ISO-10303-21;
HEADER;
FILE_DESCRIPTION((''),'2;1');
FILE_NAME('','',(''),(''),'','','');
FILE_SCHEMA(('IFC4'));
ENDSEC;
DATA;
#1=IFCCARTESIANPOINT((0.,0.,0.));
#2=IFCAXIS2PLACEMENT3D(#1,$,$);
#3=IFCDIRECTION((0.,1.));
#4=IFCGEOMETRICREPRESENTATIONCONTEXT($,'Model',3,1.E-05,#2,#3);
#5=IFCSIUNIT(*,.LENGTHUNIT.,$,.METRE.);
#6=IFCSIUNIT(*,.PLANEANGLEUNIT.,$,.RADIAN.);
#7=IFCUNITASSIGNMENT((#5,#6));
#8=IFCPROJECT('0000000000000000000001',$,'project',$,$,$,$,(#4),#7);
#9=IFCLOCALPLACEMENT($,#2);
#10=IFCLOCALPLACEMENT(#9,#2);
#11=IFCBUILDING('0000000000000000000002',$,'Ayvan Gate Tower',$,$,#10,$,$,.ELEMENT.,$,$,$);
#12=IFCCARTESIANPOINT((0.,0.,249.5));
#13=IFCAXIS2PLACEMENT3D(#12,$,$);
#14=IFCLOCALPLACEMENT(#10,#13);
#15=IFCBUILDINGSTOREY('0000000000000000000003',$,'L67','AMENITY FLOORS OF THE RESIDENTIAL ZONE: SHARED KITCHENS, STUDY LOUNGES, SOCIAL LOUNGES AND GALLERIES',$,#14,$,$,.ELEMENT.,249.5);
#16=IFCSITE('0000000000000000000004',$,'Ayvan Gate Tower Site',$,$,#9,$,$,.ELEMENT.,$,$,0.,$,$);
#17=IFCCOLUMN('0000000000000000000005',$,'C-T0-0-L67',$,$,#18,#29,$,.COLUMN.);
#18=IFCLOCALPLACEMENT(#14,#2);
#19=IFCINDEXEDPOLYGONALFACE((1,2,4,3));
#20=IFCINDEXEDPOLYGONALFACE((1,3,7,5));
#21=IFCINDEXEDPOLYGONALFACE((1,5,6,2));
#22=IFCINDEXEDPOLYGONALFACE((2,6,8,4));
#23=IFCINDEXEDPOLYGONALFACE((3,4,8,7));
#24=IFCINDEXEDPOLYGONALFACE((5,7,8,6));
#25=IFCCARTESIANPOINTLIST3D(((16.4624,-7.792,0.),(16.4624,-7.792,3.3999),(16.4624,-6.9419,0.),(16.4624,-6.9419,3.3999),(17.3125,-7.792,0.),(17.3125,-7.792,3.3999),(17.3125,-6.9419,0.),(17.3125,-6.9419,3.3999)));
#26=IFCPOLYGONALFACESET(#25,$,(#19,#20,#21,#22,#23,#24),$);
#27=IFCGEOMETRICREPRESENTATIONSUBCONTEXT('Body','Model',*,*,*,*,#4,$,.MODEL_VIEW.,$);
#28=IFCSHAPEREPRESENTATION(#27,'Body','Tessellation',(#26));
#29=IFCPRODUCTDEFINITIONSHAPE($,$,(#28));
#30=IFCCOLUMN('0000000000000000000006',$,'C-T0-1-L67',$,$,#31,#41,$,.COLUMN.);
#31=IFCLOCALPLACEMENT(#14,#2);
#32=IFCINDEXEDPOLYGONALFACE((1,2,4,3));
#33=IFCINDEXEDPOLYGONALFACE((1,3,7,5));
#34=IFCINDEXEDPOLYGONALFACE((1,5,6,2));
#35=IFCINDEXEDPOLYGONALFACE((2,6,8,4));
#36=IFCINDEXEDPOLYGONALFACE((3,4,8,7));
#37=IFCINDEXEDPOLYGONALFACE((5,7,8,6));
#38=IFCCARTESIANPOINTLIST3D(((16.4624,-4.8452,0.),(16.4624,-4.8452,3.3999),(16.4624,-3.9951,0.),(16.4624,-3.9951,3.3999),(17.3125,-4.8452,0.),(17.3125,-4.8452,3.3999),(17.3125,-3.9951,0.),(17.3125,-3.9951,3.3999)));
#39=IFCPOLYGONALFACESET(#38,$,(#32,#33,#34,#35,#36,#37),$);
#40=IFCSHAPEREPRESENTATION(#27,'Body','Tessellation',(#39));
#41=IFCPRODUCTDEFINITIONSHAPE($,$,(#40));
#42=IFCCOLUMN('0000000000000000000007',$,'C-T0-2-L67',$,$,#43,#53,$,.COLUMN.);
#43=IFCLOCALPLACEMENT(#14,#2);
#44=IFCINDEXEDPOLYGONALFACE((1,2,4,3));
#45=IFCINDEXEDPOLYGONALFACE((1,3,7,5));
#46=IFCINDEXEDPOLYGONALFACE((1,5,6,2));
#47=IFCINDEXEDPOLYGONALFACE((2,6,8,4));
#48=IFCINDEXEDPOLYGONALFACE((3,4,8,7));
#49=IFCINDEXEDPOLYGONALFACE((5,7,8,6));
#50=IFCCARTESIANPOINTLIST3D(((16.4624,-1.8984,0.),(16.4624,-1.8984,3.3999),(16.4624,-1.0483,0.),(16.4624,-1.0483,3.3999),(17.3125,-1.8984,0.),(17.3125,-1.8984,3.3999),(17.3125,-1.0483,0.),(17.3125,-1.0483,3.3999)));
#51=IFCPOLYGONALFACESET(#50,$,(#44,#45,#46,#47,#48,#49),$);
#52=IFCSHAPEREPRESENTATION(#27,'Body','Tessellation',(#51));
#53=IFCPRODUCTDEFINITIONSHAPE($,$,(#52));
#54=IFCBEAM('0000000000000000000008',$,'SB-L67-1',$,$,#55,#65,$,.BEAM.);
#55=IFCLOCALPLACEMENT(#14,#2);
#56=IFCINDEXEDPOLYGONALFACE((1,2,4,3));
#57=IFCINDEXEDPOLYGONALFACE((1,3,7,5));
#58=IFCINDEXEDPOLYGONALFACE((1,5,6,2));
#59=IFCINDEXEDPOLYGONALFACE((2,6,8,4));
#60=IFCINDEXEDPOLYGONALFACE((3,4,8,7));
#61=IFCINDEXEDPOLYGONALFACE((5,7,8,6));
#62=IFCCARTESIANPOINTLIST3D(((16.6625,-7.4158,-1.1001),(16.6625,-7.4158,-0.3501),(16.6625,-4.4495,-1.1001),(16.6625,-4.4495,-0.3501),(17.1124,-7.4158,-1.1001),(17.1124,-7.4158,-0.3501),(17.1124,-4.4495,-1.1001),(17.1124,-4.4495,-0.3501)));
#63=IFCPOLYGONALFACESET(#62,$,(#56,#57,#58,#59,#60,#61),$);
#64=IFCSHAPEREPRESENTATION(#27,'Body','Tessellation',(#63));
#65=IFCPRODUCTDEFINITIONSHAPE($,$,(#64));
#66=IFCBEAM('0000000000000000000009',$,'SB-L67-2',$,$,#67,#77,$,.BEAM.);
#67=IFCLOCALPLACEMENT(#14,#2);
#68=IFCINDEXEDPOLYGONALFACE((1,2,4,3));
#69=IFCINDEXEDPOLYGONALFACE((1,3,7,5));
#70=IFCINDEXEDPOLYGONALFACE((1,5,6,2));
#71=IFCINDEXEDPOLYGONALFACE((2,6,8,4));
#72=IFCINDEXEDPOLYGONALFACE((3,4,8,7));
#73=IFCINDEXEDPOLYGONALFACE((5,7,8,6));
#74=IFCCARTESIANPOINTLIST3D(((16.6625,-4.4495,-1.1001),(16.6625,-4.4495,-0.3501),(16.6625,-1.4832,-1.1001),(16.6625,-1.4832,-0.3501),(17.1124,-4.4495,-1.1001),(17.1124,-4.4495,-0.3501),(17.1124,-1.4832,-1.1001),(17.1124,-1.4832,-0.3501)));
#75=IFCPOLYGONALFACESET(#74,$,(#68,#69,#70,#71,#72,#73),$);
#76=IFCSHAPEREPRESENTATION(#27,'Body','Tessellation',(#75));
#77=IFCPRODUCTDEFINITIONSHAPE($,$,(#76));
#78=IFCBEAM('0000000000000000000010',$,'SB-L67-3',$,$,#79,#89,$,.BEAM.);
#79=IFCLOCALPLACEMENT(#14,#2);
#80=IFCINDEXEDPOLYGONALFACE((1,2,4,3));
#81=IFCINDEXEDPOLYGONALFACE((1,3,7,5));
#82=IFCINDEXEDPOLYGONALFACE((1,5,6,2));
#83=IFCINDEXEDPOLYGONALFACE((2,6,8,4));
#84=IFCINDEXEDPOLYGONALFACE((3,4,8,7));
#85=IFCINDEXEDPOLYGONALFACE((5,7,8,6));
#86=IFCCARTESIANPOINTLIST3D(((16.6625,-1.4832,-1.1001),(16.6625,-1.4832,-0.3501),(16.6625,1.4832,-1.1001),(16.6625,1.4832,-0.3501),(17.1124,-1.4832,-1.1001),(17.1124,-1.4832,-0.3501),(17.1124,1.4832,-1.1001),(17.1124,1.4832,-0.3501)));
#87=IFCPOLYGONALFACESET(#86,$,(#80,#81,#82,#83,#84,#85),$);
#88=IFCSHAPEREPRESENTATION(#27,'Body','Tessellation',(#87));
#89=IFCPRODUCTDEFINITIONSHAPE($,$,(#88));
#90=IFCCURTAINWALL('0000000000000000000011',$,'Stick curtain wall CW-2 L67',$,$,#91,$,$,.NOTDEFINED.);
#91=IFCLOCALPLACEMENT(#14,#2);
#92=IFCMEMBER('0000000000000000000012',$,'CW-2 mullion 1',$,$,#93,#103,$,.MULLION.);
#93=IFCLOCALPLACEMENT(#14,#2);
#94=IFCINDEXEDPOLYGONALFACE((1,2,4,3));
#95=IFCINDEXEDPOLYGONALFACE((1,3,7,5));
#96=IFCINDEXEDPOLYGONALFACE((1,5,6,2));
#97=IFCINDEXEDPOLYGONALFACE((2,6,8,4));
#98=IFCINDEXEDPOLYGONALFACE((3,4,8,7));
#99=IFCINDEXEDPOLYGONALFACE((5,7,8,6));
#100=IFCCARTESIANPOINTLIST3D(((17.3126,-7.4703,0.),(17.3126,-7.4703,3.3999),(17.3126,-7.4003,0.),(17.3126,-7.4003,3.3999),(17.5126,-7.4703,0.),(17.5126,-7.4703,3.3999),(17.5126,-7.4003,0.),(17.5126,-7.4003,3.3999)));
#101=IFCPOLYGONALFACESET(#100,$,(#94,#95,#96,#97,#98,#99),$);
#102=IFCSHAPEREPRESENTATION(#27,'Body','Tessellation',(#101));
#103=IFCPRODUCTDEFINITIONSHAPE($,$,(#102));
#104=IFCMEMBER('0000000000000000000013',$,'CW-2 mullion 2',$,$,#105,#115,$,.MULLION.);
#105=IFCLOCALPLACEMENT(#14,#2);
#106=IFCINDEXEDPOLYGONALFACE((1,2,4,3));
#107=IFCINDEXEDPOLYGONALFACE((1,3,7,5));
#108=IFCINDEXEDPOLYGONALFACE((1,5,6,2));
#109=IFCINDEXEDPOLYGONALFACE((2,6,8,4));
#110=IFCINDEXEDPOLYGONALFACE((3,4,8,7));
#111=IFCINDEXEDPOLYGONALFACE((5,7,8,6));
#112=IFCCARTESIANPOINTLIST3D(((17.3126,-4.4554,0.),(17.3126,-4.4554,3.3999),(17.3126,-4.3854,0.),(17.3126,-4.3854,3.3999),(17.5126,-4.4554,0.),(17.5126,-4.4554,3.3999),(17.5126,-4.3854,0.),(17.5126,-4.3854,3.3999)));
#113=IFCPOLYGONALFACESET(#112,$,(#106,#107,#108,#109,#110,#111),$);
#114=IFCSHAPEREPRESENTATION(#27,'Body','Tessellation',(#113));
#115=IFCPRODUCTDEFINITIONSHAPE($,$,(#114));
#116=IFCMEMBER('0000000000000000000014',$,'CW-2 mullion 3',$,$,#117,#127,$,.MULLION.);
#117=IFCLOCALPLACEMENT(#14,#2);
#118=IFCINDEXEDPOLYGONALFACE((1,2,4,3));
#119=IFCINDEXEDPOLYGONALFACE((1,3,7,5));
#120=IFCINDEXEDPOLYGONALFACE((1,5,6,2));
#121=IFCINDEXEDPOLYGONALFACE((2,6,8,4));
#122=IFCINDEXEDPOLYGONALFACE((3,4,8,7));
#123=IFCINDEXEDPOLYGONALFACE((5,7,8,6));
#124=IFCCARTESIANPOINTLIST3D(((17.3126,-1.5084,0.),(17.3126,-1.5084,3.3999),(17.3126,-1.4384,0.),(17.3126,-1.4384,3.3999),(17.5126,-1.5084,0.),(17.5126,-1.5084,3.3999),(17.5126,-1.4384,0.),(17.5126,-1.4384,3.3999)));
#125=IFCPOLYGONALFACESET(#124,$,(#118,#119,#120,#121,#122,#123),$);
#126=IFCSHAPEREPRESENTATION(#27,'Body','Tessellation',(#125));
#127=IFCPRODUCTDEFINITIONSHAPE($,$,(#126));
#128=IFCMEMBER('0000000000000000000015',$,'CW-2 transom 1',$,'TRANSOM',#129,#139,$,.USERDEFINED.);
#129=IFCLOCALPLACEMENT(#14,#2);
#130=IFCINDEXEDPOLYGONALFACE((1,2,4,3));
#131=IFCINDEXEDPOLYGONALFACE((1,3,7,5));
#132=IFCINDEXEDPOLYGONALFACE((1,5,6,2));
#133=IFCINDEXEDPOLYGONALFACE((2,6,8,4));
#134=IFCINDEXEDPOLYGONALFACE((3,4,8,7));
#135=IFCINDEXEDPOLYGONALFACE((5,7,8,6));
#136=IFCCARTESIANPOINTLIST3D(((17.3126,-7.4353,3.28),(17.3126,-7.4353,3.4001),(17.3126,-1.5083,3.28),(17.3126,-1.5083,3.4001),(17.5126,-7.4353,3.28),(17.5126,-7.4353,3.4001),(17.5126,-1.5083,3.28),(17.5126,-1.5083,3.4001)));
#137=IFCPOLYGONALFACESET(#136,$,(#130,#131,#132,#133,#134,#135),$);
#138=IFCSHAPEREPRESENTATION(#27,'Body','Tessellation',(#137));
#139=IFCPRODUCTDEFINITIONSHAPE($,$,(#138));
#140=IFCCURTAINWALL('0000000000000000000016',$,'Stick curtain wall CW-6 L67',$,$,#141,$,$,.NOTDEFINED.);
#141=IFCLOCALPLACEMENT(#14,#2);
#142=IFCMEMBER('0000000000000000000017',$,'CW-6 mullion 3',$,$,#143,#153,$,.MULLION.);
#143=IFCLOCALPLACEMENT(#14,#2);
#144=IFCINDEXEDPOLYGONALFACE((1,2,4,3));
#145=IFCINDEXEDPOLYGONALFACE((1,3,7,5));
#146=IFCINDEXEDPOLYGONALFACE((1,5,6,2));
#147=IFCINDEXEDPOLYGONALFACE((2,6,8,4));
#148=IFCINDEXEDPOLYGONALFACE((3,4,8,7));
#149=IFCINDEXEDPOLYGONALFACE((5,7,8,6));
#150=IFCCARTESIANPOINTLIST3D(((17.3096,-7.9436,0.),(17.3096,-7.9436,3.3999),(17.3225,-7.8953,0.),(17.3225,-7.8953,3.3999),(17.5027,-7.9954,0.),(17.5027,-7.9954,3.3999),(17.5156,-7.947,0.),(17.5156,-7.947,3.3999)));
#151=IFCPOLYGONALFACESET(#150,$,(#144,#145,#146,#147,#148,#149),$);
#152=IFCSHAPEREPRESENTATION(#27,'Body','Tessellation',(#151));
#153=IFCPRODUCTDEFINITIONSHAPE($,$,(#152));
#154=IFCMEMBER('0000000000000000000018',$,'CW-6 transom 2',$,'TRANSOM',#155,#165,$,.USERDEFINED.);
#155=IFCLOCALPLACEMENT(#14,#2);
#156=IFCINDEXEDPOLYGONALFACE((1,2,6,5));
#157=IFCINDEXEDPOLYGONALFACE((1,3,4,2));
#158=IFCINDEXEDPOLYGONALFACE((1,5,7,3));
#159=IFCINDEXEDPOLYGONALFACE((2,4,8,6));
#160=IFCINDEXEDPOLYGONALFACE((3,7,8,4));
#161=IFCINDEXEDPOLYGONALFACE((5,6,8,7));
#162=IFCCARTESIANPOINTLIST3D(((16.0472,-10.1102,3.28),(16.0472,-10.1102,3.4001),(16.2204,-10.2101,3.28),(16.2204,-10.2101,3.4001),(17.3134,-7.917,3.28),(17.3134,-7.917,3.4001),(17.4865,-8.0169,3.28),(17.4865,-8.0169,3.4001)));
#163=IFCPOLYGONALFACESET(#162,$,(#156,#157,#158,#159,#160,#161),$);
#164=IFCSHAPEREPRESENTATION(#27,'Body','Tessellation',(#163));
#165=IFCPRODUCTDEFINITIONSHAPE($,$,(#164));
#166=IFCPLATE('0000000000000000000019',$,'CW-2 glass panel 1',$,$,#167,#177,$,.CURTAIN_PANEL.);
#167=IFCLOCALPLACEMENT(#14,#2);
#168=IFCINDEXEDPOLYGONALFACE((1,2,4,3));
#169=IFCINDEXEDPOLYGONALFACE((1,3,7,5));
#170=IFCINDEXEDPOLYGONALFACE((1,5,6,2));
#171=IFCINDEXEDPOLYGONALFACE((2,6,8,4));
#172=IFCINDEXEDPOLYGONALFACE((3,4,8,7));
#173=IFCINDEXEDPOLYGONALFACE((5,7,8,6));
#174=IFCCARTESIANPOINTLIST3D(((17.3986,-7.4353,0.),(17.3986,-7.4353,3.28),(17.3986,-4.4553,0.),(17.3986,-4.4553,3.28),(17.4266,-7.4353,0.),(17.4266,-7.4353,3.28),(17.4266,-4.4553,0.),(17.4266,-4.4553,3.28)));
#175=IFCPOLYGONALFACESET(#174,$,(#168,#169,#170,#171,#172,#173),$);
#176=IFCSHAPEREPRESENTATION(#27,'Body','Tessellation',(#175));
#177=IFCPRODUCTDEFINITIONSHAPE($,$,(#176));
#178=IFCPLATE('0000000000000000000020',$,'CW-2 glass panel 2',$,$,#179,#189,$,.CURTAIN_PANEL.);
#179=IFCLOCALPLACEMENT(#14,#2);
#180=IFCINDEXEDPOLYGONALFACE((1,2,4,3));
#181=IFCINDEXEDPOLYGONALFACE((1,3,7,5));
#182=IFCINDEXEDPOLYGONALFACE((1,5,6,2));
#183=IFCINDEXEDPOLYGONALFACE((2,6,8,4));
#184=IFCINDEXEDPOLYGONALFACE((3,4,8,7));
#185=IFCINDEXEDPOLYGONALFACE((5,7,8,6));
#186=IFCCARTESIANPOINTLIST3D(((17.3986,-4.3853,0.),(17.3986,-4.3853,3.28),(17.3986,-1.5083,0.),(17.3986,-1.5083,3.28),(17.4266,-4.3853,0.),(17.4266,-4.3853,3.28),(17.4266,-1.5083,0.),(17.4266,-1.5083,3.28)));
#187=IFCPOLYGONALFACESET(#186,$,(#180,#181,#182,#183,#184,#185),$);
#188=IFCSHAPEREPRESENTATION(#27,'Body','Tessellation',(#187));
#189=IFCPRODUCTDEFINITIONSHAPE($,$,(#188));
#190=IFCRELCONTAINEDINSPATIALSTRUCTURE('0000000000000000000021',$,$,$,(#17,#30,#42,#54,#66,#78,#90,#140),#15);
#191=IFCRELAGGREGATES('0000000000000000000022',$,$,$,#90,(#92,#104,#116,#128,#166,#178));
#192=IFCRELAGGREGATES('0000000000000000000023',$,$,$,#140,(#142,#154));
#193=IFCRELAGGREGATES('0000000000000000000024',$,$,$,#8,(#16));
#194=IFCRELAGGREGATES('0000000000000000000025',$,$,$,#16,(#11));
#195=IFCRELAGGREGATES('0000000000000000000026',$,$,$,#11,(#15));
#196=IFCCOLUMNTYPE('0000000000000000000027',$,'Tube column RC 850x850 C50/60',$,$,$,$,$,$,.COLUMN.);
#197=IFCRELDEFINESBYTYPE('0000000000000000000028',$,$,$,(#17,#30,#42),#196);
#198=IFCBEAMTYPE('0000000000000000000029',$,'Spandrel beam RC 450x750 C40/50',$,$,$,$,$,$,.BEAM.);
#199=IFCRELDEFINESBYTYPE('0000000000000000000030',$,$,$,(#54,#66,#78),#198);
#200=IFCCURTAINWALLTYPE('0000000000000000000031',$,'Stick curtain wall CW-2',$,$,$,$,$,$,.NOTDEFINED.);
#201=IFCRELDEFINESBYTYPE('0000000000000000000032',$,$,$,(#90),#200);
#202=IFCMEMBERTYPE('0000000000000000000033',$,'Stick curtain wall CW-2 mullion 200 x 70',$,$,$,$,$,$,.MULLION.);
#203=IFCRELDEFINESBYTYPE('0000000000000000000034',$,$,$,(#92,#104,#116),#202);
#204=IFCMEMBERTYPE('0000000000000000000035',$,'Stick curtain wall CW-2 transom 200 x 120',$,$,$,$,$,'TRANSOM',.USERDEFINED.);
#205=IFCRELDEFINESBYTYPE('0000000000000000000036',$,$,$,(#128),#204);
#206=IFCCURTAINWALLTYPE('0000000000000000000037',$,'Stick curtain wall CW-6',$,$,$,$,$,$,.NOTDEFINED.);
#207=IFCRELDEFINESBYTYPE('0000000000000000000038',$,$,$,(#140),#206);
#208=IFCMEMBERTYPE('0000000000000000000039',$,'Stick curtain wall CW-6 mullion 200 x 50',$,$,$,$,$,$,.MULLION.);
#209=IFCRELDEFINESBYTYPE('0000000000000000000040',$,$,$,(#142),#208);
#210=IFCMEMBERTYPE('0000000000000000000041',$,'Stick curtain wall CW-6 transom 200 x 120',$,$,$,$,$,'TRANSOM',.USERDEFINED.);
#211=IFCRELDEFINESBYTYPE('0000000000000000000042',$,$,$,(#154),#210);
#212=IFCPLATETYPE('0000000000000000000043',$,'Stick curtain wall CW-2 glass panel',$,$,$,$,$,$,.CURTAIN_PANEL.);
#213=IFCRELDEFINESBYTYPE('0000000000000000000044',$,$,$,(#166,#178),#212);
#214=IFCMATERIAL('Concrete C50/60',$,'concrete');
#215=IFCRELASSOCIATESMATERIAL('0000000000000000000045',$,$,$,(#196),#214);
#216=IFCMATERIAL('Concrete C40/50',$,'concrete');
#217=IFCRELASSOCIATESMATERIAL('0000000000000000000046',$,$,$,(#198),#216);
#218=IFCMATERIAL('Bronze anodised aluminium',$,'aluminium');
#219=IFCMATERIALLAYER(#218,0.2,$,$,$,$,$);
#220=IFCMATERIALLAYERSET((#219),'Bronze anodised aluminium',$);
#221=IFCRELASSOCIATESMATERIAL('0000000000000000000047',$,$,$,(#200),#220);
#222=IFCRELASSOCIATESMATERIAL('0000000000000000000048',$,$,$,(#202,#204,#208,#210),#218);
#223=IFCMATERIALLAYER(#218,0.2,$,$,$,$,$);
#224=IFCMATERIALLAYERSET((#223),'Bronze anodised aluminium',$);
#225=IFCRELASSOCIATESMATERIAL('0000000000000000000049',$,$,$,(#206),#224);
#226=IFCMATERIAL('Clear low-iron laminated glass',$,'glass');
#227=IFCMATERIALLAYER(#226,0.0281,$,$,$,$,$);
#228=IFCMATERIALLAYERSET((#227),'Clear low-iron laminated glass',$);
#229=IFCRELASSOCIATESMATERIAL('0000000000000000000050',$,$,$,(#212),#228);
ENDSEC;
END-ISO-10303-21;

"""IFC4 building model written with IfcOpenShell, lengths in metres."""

from ifc_helpers import new_model, si_unit, direction, frame, origin, origin_2d, place, context, subcontext, project, spatial, rectangle, extrude, material, layer, layer_set, material_profile, profile_set, type_object, element, aggregate, save


model = new_model("IFC4")

# Units and contexts
model_context = context("Model", 3, precision=1e-05, world=origin(), true_north=direction((0.0, 1.0)))
body_context = subcontext(model_context, "Body", "Model", "MODEL_VIEW")
ifc_project = project(units=[si_unit("LENGTHUNIT", "METRE"), si_unit("PLANEANGLEUNIT", "RADIAN")], contexts=[model_context])

# Site, building, storey
site_placement = place(None, origin())
site = spatial("IfcSite", under=ifc_project, at=site_placement, Name="Ayvan Gate Tower Site", CompositionType="ELEMENT", RefElevation=0.0)
building_placement = place(site_placement, origin())
building = spatial("IfcBuilding", under=site, at=building_placement, Name="Ayvan Gate Tower", CompositionType="ELEMENT")
storey_placement = place(building_placement, frame((0.0, 0.0, 249.5)))
storey = spatial("IfcBuildingStorey", under=building, at=storey_placement, Name="L67", Description="AMENITY FLOORS OF THE RESIDENTIAL ZONE: SHARED KITCHENS, STUDY LOUNGES, SOCIAL LOUNGES AND GALLERIES", CompositionType="ELEMENT", Elevation=249.5)

# Columns
ifc_material_1 = material(Name="Concrete C50/60", Category="concrete")
ifc_material_profile_1 = material_profile(ifc_material_1, rectangle(XDim=0.8501, YDim=0.8501, at=origin_2d()), Name="RC 850x850")
ifc_profile_set_1 = profile_set([ifc_material_profile_1], Name="Concrete C50/60")
column_type = type_object("IfcColumnType", Name="Tube column RC 850x850 C50/60", PredefinedType="COLUMN", material=ifc_profile_set_1)
for number, where, z_axis, x_axis, name in (
    (1, (16.8875, -7.3669, 0.0), (0.0, 0.0, 1.0), (1.0, 0.0, 0.0), "C-T0-0-L67"),
    (2, (16.8875, -4.4202, 0.0), (0.0, 0.0, 1.0), (1.0, 0.0, 0.0), "C-T0-1-L67"),
    (3, (16.8875, -1.4734, 0.0), (0.0, 0.0, 1.0), (1.0, 0.0, 0.0), "C-T0-2-L67"),
):
    element("IfcColumn", number, at=place(storey_placement, frame(where, z_axis=z_axis, x_axis=x_axis)), inside=storey, type_object=column_type, Name=name, PredefinedType="COLUMN", context=body_context, shape_type="SweptSolid", body=[
        extrude(rectangle(XDim=0.8501, YDim=0.8501, at=origin_2d()), origin(), (0.0, 0.0, 1.0), 3.3999),
    ])

# Beams
ifc_material_2 = material(Name="Concrete C40/50", Category="concrete")
ifc_material_profile_2 = material_profile(ifc_material_2, rectangle(XDim=0.45, YDim=0.75, at=origin_2d()), Name="RC 450x750")
ifc_profile_set_2 = profile_set([ifc_material_profile_2], Name="Concrete C40/50")
beam_type = type_object("IfcBeamType", Name="Spandrel beam RC 450x750 C40/50", PredefinedType="BEAM", material=ifc_profile_set_2)
for number, where, z_axis, x_axis, name in (
    (4, (16.8875, -7.4158, -0.7251), (0.0, 1.0, 0.0), (-1.0, 0.0, 0.0), "SB-L67-1"),
    (5, (16.8875, -4.4495, -0.7251), (0.0, 1.0, 0.0), (-1.0, 0.0, 0.0), "SB-L67-2"),
    (6, (16.8875, -1.4832, -0.7251), (0.0, 1.0, 0.0), (-1.0, 0.0, 0.0), "SB-L67-3"),
):
    element("IfcBeam", number, at=place(storey_placement, frame(where, z_axis=z_axis, x_axis=x_axis)), inside=storey, type_object=beam_type, Name=name, PredefinedType="BEAM", context=body_context, shape_type="SweptSolid", body=[
        extrude(rectangle(XDim=0.45, YDim=0.75, at=origin_2d()), origin(), (0.0, 0.0, 1.0), 2.9663),
    ])

# Curtain walls, members
ifc_material_3 = material(Name="Bronze anodised aluminium", Category="aluminium")
ifc_layer_1 = layer(ifc_material_3, 0.2)
ifc_layer_set_1 = layer_set([ifc_layer_1], Name="Bronze anodised aluminium")
curtain_wall_type_1 = type_object("IfcCurtainWallType", Name="Stick curtain wall CW-2", PredefinedType="NOTDEFINED", material=ifc_layer_set_1)
curtain_wall_1_placement = place(storey_placement, origin())
curtain_wall_1 = element("IfcCurtainWall", 7, at=curtain_wall_1_placement, inside=storey, type_object=curtain_wall_type_1, Name="Stick curtain wall CW-2 L67", PredefinedType="NOTDEFINED")
ifc_material_profile_3 = material_profile(ifc_material_3, rectangle(XDim=0.2, YDim=0.0701, at=origin_2d()), Name="Stick curtain wall CW-2 mullion 200 x 70")
ifc_profile_set_3 = profile_set([ifc_material_profile_3], Name="Bronze anodised aluminium")
member_type_1 = type_object("IfcMemberType", Name="Stick curtain wall CW-2 mullion 200 x 70", PredefinedType="MULLION", material=ifc_profile_set_3)
member_1_placement = place(storey_placement, frame((17.4126, -7.4353, 0.0), z_axis=(0.0, 0.0, 1.0), x_axis=(1.0, 0.0, 0.0)))
member_1 = element("IfcMember", 8, at=member_1_placement, type_object=member_type_1, Name="CW-2 mullion 1", PredefinedType="MULLION", context=body_context, shape_type="SweptSolid", body=[
    extrude(rectangle(XDim=0.2, YDim=0.0701, at=origin_2d()), origin(), (0.0, 0.0, 1.0), 3.3999),
])
member_2_placement = place(storey_placement, frame((17.4126, -4.4204, 0.0), z_axis=(0.0, 0.0, 1.0), x_axis=(1.0, 0.0, 0.0)))
member_2 = element("IfcMember", 9, at=member_2_placement, type_object=member_type_1, Name="CW-2 mullion 2", PredefinedType="MULLION", context=body_context, shape_type="SweptSolid", body=[
    extrude(rectangle(XDim=0.2, YDim=0.0701, at=origin_2d()), origin(), (0.0, 0.0, 1.0), 3.3999),
])
member_3_placement = place(storey_placement, frame((17.4126, -1.4734, 0.0), z_axis=(0.0, 0.0, 1.0), x_axis=(1.0, 0.0, 0.0)))
member_3 = element("IfcMember", 10, at=member_3_placement, type_object=member_type_1, Name="CW-2 mullion 3", PredefinedType="MULLION", context=body_context, shape_type="SweptSolid", body=[
    extrude(rectangle(XDim=0.2, YDim=0.0701, at=origin_2d()), origin(), (0.0, 0.0, 1.0), 3.3999),
])
ifc_material_profile_4 = material_profile(ifc_material_3, rectangle(XDim=0.2, YDim=0.1201, at=origin_2d()), Name="Stick curtain wall CW-2 transom 200 x 120")
ifc_profile_set_4 = profile_set([ifc_material_profile_4], Name="Bronze anodised aluminium")
member_type_2 = type_object("IfcMemberType", Name="Stick curtain wall CW-2 transom 200 x 120", ElementType="TRANSOM", PredefinedType="USERDEFINED", material=ifc_profile_set_4)
member_4_placement = place(storey_placement, frame((17.4126, -7.4353, 3.3401), z_axis=(0.0, 1.0, 0.0), x_axis=(-1.0, 0.0, 0.0)))
member_4 = element("IfcMember", 11, at=member_4_placement, type_object=member_type_2, Name="CW-2 transom 1", ObjectType="TRANSOM", PredefinedType="USERDEFINED", context=body_context, shape_type="SweptSolid", body=[
    extrude(rectangle(XDim=0.2, YDim=0.1201, at=origin_2d()), origin(), (0.0, 0.0, 1.0), 5.927),
])
ifc_layer_2 = layer(ifc_material_3, 0.2)
ifc_layer_set_2 = layer_set([ifc_layer_2], Name="Bronze anodised aluminium")
curtain_wall_type_2 = type_object("IfcCurtainWallType", Name="Stick curtain wall CW-6", PredefinedType="NOTDEFINED", material=ifc_layer_set_2)
curtain_wall_2_placement = place(storey_placement, origin())
curtain_wall_2 = element("IfcCurtainWall", 12, at=curtain_wall_2_placement, inside=storey, type_object=curtain_wall_type_2, Name="Stick curtain wall CW-6 L67", PredefinedType="NOTDEFINED")
ifc_material_profile_5 = material_profile(ifc_material_3, rectangle(XDim=0.2, YDim=0.05, at=origin_2d()), Name="Stick curtain wall CW-6 mullion 200 x 50")
ifc_profile_set_5 = profile_set([ifc_material_profile_5], Name="Bronze anodised aluminium")
member_type_3 = type_object("IfcMemberType", Name="Stick curtain wall CW-6 mullion 200 x 50", PredefinedType="MULLION", material=ifc_profile_set_5)
member_5_placement = place(storey_placement, frame((17.4126, -7.9453, 0.0), z_axis=(0.0, 0.0, 1.0), x_axis=(0.965926, -0.258819, 0.0)))
member_5 = element("IfcMember", 13, at=member_5_placement, type_object=member_type_3, Name="CW-6 mullion 3", PredefinedType="MULLION", context=body_context, shape_type="SweptSolid", body=[
    extrude(rectangle(XDim=0.2, YDim=0.05, at=origin_2d()), origin(), (0.0, 0.0, 1.0), 3.3999),
])
ifc_material_profile_6 = material_profile(ifc_material_3, rectangle(XDim=0.2, YDim=0.1201, at=origin_2d()), Name="Stick curtain wall CW-6 transom 200 x 120")
ifc_profile_set_6 = profile_set([ifc_material_profile_6], Name="Bronze anodised aluminium")
member_type_4 = type_object("IfcMemberType", Name="Stick curtain wall CW-6 transom 200 x 120", ElementType="TRANSOM", PredefinedType="USERDEFINED", material=ifc_profile_set_6)
member_6_placement = place(storey_placement, frame((16.1338, -10.1602, 3.3401), z_axis=(0.499976, 0.866039, 0.0), x_axis=(-0.866039, 0.499976, 0.0)))
member_6 = element("IfcMember", 14, at=member_6_placement, type_object=member_type_4, Name="CW-6 transom 2", ObjectType="TRANSOM", PredefinedType="USERDEFINED", context=body_context, shape_type="SweptSolid", body=[
    extrude(rectangle(XDim=0.2, YDim=0.1201, at=origin_2d()), origin(), (0.0, 0.0, 1.0), 2.5325),
])

# Plates
ifc_material_4 = material(Name="Clear low-iron laminated glass", Category="glass")
ifc_layer_3 = layer(ifc_material_4, 0.0281)
ifc_layer_set_3 = layer_set([ifc_layer_3], Name="Clear low-iron laminated glass")
plate_type_1 = type_object("IfcPlateType", Name="Stick curtain wall CW-2 glass panel", PredefinedType="CURTAIN_PANEL", material=ifc_layer_set_3)
plate_1_placement = place(storey_placement, frame((17.4126, -5.9453, 0.0), z_axis=(0.0, 0.0, 1.0), x_axis=(0.0, 1.0, 0.0)))
plate_1 = element("IfcPlate", 15, at=plate_1_placement, type_object=plate_type_1, Name="CW-2 glass panel 1", PredefinedType="CURTAIN_PANEL", context=body_context, shape_type="SweptSolid", body=[
    extrude(rectangle(XDim=2.98, YDim=0.0281, at=origin_2d()), origin(), (0.0, 0.0, 1.0), 3.28),
])
plate_2_placement = place(storey_placement, frame((17.4126, -2.9468, 0.0), z_axis=(0.0, 0.0, 1.0), x_axis=(0.0, 1.0, 0.0)))
plate_2 = element("IfcPlate", 16, at=plate_2_placement, type_object=plate_type_1, Name="CW-2 glass panel 2", PredefinedType="CURTAIN_PANEL", context=body_context, shape_type="SweptSolid", body=[
    extrude(rectangle(XDim=2.877, YDim=0.0281, at=origin_2d()), origin(), (0.0, 0.0, 1.0), 3.28),
])
aggregate(curtain_wall_1, [member_1, member_2, member_3, member_4, plate_1, plate_2])
aggregate(curtain_wall_2, [member_5, member_6])

save(model, "model.ifc")
